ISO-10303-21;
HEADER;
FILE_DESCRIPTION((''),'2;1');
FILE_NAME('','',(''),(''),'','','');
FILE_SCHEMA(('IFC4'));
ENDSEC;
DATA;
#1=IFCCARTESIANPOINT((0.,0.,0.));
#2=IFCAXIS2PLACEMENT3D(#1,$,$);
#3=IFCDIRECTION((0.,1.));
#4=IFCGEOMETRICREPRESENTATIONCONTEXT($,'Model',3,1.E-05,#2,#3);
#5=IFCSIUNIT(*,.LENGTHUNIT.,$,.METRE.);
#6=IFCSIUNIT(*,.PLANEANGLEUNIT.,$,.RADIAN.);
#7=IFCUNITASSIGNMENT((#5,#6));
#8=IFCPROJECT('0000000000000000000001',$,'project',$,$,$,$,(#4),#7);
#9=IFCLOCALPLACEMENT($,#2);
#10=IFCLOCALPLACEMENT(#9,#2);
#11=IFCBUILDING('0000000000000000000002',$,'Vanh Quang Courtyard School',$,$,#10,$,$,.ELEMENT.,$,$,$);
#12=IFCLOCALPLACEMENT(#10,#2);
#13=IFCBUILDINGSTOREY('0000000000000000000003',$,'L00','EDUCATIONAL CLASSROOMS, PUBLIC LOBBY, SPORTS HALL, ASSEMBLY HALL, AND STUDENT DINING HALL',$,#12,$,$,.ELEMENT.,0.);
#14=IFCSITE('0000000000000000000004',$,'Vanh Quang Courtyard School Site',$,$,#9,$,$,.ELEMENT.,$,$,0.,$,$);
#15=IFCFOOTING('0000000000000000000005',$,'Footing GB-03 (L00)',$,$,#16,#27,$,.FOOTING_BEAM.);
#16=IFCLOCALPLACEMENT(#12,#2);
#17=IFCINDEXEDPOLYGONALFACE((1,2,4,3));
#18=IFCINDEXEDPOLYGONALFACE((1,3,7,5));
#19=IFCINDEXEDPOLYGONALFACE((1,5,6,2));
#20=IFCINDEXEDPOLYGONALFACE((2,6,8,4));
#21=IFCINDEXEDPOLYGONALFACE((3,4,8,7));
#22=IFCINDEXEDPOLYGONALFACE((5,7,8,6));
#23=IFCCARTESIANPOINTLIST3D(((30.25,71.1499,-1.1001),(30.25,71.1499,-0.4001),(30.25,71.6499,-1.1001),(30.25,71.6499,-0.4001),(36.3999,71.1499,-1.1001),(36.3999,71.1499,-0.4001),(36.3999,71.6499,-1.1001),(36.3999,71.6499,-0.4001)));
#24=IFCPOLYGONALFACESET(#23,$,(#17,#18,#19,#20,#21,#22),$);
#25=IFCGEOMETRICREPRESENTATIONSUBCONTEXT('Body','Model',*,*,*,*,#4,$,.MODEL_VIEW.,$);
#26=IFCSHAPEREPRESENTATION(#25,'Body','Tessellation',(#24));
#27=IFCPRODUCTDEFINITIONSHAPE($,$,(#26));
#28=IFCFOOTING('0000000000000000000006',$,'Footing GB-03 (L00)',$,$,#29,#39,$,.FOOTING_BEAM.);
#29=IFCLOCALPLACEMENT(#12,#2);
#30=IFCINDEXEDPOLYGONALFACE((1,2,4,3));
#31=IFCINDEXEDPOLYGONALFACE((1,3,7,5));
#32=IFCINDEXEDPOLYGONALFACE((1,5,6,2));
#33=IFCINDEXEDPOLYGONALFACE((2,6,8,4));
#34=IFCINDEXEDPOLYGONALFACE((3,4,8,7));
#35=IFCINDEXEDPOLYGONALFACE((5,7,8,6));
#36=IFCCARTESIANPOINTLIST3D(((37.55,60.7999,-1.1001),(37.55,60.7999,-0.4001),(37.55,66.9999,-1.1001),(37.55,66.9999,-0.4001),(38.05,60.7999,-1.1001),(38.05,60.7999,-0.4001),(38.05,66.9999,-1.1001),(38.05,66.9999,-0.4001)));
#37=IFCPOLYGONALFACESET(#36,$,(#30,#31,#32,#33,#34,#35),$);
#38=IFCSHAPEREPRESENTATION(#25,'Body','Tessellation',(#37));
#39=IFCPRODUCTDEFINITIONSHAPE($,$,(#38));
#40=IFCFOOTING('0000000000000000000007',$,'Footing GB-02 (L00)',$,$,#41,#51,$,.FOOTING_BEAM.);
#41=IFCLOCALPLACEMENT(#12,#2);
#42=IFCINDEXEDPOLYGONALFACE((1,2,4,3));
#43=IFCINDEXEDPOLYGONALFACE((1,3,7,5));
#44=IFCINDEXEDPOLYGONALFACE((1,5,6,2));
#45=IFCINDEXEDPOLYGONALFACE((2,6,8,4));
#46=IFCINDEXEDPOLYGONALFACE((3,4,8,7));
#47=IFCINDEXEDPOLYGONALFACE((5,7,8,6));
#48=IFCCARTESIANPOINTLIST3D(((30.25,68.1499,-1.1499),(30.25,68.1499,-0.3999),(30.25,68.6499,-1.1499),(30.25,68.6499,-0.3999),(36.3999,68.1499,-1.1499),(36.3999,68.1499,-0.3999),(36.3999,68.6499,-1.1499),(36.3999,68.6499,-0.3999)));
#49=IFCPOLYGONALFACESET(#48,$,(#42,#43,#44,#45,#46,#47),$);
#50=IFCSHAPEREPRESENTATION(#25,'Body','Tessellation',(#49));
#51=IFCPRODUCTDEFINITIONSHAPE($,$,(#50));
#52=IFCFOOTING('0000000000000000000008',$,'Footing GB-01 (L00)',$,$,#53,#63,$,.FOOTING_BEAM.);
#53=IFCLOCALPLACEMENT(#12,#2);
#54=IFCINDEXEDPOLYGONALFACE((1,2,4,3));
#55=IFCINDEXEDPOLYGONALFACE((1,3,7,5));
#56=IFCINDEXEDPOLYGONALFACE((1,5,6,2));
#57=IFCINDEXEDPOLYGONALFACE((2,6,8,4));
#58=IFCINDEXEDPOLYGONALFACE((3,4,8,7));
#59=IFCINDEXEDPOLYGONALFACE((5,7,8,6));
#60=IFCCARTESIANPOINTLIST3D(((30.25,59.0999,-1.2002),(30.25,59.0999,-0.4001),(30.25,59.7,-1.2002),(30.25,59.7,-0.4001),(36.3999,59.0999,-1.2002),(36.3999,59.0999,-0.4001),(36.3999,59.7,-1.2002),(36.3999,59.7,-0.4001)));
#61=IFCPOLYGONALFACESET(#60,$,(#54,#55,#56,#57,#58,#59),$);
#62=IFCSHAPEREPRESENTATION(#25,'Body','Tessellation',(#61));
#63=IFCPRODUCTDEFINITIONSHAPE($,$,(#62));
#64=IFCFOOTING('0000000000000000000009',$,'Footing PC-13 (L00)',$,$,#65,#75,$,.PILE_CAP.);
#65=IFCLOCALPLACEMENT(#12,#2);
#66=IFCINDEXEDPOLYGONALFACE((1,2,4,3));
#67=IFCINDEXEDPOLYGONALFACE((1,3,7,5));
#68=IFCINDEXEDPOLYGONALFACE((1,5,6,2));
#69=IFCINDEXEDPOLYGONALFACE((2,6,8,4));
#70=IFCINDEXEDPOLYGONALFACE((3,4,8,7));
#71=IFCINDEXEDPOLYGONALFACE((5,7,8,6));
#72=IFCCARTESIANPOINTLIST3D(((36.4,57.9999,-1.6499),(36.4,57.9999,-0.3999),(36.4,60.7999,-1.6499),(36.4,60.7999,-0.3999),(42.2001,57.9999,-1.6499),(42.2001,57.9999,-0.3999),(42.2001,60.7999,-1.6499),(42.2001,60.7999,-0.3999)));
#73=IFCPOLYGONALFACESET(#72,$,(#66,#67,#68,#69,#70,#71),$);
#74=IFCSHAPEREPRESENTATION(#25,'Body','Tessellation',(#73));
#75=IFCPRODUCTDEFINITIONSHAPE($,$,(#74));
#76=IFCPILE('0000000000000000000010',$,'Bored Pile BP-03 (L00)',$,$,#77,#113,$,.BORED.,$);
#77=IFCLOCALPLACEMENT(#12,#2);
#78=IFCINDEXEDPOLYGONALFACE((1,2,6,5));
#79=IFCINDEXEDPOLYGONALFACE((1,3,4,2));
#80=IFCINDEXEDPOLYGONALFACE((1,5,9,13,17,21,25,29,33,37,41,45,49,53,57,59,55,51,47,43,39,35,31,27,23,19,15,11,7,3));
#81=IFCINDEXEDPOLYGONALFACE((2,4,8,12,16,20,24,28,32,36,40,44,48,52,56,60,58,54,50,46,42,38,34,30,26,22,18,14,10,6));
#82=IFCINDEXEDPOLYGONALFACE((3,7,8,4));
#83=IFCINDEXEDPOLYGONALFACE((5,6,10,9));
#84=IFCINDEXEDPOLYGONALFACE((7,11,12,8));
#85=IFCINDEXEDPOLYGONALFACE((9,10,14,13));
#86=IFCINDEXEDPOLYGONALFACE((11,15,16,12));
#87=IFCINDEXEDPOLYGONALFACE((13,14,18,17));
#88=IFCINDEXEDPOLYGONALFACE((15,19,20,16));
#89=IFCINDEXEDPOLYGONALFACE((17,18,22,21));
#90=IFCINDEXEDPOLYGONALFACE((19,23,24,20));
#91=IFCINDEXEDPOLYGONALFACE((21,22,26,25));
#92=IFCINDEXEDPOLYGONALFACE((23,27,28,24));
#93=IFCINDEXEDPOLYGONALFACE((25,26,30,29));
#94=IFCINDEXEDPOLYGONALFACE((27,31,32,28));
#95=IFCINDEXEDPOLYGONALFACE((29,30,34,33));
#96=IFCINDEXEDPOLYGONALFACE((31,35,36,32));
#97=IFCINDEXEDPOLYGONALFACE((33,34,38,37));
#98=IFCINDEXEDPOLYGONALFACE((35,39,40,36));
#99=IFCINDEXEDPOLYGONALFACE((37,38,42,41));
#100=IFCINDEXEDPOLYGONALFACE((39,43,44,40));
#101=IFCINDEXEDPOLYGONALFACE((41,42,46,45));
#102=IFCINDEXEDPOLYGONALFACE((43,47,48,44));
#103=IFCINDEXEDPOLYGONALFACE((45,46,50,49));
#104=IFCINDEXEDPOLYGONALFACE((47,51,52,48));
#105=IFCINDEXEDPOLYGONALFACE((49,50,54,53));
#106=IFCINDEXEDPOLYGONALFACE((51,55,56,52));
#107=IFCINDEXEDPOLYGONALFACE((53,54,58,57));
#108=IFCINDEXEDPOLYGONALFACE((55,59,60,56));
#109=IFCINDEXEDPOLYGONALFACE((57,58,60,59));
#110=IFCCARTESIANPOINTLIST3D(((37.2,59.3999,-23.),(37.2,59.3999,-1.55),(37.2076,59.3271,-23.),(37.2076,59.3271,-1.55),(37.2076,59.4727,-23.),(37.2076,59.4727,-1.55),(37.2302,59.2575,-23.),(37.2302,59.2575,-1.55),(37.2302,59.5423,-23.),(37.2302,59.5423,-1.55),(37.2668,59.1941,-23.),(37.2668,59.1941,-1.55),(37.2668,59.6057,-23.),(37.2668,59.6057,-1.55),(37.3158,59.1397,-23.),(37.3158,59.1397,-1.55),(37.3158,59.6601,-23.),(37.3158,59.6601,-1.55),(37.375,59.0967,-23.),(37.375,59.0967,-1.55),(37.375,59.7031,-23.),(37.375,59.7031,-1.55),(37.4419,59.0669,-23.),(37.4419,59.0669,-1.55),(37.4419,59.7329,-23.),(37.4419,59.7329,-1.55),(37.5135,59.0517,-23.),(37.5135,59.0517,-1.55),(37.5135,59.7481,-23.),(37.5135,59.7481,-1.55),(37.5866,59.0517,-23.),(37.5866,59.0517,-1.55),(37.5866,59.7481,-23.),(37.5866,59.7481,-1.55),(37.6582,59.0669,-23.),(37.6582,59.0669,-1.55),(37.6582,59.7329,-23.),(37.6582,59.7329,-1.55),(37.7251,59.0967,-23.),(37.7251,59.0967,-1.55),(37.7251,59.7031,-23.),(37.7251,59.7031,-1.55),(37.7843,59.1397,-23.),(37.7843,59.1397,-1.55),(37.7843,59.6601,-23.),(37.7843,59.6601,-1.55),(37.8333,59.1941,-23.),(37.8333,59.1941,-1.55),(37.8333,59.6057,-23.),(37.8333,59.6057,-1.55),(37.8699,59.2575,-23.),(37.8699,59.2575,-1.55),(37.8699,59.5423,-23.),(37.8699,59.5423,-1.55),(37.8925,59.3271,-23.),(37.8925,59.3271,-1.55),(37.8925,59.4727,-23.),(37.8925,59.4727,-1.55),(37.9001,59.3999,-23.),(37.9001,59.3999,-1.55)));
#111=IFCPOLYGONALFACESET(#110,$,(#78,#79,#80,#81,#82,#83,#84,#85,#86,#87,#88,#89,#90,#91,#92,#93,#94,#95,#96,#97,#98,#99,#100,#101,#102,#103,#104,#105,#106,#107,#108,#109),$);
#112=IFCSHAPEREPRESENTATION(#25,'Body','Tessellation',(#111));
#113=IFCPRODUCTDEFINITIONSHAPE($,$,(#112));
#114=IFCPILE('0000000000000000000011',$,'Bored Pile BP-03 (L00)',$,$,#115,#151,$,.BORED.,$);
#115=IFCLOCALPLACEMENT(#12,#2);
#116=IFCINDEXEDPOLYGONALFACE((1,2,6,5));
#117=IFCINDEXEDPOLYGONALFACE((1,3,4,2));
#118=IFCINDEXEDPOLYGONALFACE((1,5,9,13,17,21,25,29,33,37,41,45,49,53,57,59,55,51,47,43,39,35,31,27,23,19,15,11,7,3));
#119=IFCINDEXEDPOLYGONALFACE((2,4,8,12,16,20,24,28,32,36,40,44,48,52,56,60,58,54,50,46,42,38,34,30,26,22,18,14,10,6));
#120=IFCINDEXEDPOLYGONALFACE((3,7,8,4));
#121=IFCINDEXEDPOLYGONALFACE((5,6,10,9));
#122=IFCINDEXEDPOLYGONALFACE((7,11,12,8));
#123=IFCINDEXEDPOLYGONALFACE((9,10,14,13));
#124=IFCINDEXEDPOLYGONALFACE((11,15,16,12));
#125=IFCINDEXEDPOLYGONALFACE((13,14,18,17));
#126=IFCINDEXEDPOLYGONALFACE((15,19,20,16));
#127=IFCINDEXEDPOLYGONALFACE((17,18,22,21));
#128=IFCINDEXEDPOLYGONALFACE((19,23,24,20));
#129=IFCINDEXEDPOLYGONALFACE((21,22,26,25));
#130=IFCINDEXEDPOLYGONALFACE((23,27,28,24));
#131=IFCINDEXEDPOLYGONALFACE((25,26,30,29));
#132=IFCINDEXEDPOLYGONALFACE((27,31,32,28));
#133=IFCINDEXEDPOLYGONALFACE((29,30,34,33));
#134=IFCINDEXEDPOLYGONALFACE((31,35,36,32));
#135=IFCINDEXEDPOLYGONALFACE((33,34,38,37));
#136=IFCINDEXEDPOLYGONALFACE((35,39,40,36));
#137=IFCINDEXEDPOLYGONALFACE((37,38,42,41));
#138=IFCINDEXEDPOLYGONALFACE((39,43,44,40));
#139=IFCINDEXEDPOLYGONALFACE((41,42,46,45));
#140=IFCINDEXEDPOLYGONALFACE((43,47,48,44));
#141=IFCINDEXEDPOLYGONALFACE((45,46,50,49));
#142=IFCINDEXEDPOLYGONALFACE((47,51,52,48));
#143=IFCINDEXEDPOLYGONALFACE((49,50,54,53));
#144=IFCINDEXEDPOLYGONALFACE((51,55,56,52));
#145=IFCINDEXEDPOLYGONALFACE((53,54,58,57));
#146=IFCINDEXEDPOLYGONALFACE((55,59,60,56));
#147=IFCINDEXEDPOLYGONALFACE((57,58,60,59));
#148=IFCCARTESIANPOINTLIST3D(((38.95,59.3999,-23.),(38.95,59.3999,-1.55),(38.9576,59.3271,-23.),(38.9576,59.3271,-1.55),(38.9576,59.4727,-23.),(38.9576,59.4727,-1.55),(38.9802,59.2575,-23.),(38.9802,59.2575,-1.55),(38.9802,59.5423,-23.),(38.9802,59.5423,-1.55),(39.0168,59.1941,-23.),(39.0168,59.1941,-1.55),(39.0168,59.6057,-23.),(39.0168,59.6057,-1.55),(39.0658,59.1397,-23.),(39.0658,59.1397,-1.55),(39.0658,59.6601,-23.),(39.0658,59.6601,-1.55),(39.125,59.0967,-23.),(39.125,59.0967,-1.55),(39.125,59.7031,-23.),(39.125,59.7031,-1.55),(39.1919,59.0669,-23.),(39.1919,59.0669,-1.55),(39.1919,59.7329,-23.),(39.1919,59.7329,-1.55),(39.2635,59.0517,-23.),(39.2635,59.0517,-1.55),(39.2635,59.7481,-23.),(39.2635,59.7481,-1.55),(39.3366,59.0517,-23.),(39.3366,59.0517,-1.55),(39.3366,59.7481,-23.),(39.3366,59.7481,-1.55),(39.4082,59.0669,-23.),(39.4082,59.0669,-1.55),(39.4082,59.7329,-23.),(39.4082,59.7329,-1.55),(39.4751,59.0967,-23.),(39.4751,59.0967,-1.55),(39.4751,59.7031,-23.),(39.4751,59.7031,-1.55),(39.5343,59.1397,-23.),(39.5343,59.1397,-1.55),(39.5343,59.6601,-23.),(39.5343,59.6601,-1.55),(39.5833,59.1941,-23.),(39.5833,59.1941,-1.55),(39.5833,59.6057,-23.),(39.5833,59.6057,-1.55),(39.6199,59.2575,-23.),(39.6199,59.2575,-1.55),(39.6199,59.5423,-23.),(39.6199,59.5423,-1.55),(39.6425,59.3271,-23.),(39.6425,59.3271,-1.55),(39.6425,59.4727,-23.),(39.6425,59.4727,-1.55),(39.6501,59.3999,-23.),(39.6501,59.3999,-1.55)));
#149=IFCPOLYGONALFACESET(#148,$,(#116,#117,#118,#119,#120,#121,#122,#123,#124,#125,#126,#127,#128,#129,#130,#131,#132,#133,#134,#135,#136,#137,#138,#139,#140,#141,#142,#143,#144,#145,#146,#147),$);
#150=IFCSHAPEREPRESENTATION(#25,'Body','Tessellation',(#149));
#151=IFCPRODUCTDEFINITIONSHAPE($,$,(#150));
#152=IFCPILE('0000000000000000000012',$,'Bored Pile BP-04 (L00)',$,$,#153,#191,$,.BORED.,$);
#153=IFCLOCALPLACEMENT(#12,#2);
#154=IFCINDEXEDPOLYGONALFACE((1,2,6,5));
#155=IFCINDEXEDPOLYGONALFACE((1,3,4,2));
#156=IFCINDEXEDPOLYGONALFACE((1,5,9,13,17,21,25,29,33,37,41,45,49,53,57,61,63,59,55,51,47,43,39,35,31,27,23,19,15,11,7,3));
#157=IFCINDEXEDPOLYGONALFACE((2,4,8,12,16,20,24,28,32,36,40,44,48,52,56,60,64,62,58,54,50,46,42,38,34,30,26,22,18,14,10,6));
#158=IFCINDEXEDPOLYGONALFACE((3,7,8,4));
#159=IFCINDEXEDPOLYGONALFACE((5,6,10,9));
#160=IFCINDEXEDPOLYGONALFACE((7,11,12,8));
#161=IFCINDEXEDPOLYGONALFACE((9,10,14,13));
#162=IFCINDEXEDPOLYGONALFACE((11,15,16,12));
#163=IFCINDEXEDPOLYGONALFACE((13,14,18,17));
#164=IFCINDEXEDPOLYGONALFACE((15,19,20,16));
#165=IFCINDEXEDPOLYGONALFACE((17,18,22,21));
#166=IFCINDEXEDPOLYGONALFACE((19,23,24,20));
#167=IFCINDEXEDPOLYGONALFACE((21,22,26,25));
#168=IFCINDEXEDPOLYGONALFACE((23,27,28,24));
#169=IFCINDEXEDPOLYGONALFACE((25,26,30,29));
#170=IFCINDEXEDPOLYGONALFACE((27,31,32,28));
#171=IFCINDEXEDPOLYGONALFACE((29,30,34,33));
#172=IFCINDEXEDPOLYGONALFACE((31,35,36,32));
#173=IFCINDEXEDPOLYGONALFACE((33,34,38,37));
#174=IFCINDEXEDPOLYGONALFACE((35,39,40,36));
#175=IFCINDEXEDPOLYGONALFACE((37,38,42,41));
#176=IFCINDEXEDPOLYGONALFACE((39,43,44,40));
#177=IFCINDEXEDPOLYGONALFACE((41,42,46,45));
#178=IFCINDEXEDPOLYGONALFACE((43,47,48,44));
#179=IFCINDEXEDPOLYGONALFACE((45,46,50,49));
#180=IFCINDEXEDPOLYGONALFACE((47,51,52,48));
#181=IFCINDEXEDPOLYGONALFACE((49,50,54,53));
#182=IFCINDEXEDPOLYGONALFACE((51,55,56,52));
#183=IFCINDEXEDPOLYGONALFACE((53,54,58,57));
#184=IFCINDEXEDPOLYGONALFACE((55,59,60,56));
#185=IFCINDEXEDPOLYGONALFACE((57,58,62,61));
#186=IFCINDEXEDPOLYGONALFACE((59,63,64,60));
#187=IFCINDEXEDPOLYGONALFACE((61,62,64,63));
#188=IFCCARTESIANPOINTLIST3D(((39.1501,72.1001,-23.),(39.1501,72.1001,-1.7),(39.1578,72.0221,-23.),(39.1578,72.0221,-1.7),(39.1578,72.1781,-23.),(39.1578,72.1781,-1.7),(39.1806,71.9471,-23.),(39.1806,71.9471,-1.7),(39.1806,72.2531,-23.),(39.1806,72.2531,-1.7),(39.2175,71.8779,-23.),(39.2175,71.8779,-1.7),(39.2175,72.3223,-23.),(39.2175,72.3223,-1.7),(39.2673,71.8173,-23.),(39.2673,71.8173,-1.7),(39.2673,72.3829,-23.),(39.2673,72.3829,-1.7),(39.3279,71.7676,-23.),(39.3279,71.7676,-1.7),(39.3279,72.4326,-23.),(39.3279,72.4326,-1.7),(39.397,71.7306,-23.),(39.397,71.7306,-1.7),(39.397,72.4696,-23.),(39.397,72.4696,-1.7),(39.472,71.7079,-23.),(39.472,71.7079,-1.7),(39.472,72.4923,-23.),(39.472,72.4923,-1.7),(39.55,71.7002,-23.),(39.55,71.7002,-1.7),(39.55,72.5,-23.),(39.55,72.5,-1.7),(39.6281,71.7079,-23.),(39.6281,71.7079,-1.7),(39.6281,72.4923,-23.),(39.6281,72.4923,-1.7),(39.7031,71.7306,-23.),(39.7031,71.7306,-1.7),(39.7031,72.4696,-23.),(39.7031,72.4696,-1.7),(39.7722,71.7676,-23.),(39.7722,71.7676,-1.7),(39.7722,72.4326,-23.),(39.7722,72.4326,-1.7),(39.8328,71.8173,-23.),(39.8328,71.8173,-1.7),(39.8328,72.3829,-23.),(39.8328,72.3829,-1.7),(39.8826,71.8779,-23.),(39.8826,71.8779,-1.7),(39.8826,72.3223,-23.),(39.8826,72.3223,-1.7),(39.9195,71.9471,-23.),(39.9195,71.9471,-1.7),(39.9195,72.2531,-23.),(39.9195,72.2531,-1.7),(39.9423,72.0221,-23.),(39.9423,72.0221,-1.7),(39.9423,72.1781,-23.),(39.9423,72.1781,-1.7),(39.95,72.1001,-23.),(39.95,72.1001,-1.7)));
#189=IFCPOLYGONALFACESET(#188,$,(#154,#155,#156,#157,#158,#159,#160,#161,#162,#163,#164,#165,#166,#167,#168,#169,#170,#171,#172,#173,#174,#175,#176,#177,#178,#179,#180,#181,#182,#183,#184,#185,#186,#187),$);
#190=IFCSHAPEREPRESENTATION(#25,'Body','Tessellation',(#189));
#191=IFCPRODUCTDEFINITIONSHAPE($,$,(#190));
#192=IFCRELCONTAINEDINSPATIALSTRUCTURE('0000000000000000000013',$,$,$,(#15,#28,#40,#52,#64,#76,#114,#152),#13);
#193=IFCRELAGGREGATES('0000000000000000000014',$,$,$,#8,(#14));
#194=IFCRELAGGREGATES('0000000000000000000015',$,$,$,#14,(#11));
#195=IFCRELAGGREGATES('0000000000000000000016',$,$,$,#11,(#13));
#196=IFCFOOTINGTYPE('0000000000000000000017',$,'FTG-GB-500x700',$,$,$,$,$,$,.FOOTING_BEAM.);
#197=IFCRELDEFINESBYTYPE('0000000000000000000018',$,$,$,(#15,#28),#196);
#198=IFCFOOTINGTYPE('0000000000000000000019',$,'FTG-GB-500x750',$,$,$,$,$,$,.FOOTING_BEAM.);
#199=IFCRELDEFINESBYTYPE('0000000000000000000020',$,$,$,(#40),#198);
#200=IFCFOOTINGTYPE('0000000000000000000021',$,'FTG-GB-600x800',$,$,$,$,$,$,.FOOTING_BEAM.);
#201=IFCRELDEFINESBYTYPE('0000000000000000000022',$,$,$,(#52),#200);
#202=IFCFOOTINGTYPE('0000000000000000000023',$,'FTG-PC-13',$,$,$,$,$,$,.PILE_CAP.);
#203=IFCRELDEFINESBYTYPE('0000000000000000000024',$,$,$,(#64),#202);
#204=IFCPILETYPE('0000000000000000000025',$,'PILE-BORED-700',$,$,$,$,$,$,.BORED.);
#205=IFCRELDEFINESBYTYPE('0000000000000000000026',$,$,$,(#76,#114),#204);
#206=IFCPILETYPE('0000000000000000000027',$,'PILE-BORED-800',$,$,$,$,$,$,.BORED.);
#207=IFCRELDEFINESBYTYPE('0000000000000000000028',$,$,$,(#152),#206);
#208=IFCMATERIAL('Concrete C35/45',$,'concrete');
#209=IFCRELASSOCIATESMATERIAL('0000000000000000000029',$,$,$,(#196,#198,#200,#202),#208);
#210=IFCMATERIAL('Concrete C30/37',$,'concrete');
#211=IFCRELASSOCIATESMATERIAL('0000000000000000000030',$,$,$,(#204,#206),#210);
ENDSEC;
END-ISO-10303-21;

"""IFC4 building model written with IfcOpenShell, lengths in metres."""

from ifc_helpers import new_model, si_unit, direction, frame, origin, origin_2d, place, context, subcontext, project, spatial, rectangle, circle, extrude, material, material_profile, profile_set, type_object, element, save


model = new_model("IFC4")

# Units and contexts
model_context = context("Model", 3, precision=1e-05, world=origin(), true_north=direction((0.0, 1.0)))
body_context = subcontext(model_context, "Body", "Model", "MODEL_VIEW")
ifc_project = project(units=[si_unit("LENGTHUNIT", "METRE"), si_unit("PLANEANGLEUNIT", "RADIAN")], contexts=[model_context])

# Site, building, storey
site_placement = place(None, origin())
site = spatial("IfcSite", under=ifc_project, at=site_placement, Name="Vanh Quang Courtyard School Site", CompositionType="ELEMENT", RefElevation=0.0)
building_placement = place(site_placement, origin())
building = spatial("IfcBuilding", under=site, at=building_placement, Name="Vanh Quang Courtyard School", CompositionType="ELEMENT")
storey_placement = place(building_placement, origin())
storey = spatial("IfcBuildingStorey", under=building, at=storey_placement, Name="L00", Description="EDUCATIONAL CLASSROOMS, PUBLIC LOBBY, SPORTS HALL, ASSEMBLY HALL, AND STUDENT DINING HALL", CompositionType="ELEMENT", Elevation=0.0)

# Footings
ifc_material_1 = material(Name="Concrete C35/45", Category="concrete")
footing_type_1 = type_object("IfcFootingType", Name="FTG-GB-500x700", PredefinedType="FOOTING_BEAM", material=ifc_material_1)
footing_1_placement = place(storey_placement, frame((33.325, 71.3999, -1.1001), z_axis=(0.0, 0.0, 1.0), x_axis=(1.0, 0.0, 0.0)))
element("IfcFooting", 1, at=footing_1_placement, inside=storey, type_object=footing_type_1, Name="Footing GB-03 (L00)", PredefinedType="FOOTING_BEAM", context=body_context, shape_type="SweptSolid", body=[
    extrude(rectangle(XDim=6.1499, YDim=0.5, at=origin_2d()), origin(), (0.0, 0.0, 1.0), 0.7),
])
footing_2_placement = place(storey_placement, frame((37.8, 63.8999, -1.1001), z_axis=(0.0, 0.0, 1.0), x_axis=(0.0, 1.0, 0.0)))
element("IfcFooting", 2, at=footing_2_placement, inside=storey, type_object=footing_type_1, Name="Footing GB-03 (L00)", PredefinedType="FOOTING_BEAM", context=body_context, shape_type="SweptSolid", body=[
    extrude(rectangle(XDim=6.2, YDim=0.5, at=origin_2d()), origin(), (0.0, 0.0, 1.0), 0.7),
])
footing_type_2 = type_object("IfcFootingType", Name="FTG-GB-500x750", PredefinedType="FOOTING_BEAM", material=ifc_material_1)
footing_3_placement = place(storey_placement, frame((33.325, 68.3999, -1.1499), z_axis=(0.0, 0.0, 1.0), x_axis=(1.0, 0.0, 0.0)))
element("IfcFooting", 3, at=footing_3_placement, inside=storey, type_object=footing_type_2, Name="Footing GB-02 (L00)", PredefinedType="FOOTING_BEAM", context=body_context, shape_type="SweptSolid", body=[
    extrude(rectangle(XDim=6.1499, YDim=0.5, at=origin_2d()), origin(), (0.0, 0.0, 1.0), 0.75),
])
footing_type_3 = type_object("IfcFootingType", Name="FTG-GB-600x800", PredefinedType="FOOTING_BEAM", material=ifc_material_1)
footing_4_placement = place(storey_placement, frame((33.325, 59.3999, -1.2002), z_axis=(0.0, 0.0, 1.0), x_axis=(1.0, 0.0, 0.0)))
element("IfcFooting", 4, at=footing_4_placement, inside=storey, type_object=footing_type_3, Name="Footing GB-01 (L00)", PredefinedType="FOOTING_BEAM", context=body_context, shape_type="SweptSolid", body=[
    extrude(rectangle(XDim=6.1499, YDim=0.6001, at=origin_2d()), origin(), (0.0, 0.0, 1.0), 0.8),
])
footing_type_4 = type_object("IfcFootingType", Name="FTG-PC-13", PredefinedType="PILE_CAP", material=ifc_material_1)
footing_5_placement = place(storey_placement, frame((39.3, 59.3999, -1.6499), z_axis=(0.0, 0.0, 1.0), x_axis=(1.0, 0.0, 0.0)))
element("IfcFooting", 5, at=footing_5_placement, inside=storey, type_object=footing_type_4, Name="Footing PC-13 (L00)", PredefinedType="PILE_CAP", context=body_context, shape_type="SweptSolid", body=[
    extrude(rectangle(XDim=5.8, YDim=2.8, at=origin_2d()), origin(), (0.0, 0.0, 1.0), 1.25),
])

# Piles
ifc_material_2 = material(Name="Concrete C30/37", Category="concrete")
ifc_material_profile_1 = material_profile(ifc_material_2, circle(Radius=0.3501, at=origin_2d()), Name="PILE D700")
ifc_profile_set_1 = profile_set([ifc_material_profile_1], Name="Concrete C30/37")
pile_type_1 = type_object("IfcPileType", Name="PILE-BORED-700", PredefinedType="BORED", material=ifc_profile_set_1)
for number, where, z_axis, x_axis, name in (
    (6, (37.55, 59.3999, -1.55), (0.0, 0.0, -1.0), (1.0, 0.0, 0.0), "Bored Pile BP-03 (L00)"),
    (7, (39.3, 59.3999, -1.55), (0.0, 0.0, -1.0), (1.0, 0.0, 0.0), "Bored Pile BP-03 (L00)"),
):
    element("IfcPile", number, at=place(storey_placement, frame(where, z_axis=z_axis, x_axis=x_axis)), inside=storey, type_object=pile_type_1, Name=name, PredefinedType="BORED", context=body_context, shape_type="SweptSolid", body=[
        extrude(circle(Radius=0.3501, at=origin_2d()), origin(), (0.0, 0.0, 1.0), 21.45),
    ])
ifc_material_profile_2 = material_profile(ifc_material_2, circle(Radius=0.3999, at=origin_2d()), Name="PILE D800")
ifc_profile_set_2 = profile_set([ifc_material_profile_2], Name="Concrete C30/37")
pile_type_2 = type_object("IfcPileType", Name="PILE-BORED-800", PredefinedType="BORED", material=ifc_profile_set_2)
for number, where, z_axis, x_axis, name in (
    (8, (39.55, 72.1001, -1.7), (0.0, 0.0, -1.0), (1.0, 0.0, 0.0), "Bored Pile BP-04 (L00)"),
):
    element("IfcPile", number, at=place(storey_placement, frame(where, z_axis=z_axis, x_axis=x_axis)), inside=storey, type_object=pile_type_2, Name=name, PredefinedType="BORED", context=body_context, shape_type="SweptSolid", body=[
        extrude(circle(Radius=0.3999, at=origin_2d()), origin(), (0.0, 0.0, 1.0), 21.3),
    ])

save(model, "model.ifc")
